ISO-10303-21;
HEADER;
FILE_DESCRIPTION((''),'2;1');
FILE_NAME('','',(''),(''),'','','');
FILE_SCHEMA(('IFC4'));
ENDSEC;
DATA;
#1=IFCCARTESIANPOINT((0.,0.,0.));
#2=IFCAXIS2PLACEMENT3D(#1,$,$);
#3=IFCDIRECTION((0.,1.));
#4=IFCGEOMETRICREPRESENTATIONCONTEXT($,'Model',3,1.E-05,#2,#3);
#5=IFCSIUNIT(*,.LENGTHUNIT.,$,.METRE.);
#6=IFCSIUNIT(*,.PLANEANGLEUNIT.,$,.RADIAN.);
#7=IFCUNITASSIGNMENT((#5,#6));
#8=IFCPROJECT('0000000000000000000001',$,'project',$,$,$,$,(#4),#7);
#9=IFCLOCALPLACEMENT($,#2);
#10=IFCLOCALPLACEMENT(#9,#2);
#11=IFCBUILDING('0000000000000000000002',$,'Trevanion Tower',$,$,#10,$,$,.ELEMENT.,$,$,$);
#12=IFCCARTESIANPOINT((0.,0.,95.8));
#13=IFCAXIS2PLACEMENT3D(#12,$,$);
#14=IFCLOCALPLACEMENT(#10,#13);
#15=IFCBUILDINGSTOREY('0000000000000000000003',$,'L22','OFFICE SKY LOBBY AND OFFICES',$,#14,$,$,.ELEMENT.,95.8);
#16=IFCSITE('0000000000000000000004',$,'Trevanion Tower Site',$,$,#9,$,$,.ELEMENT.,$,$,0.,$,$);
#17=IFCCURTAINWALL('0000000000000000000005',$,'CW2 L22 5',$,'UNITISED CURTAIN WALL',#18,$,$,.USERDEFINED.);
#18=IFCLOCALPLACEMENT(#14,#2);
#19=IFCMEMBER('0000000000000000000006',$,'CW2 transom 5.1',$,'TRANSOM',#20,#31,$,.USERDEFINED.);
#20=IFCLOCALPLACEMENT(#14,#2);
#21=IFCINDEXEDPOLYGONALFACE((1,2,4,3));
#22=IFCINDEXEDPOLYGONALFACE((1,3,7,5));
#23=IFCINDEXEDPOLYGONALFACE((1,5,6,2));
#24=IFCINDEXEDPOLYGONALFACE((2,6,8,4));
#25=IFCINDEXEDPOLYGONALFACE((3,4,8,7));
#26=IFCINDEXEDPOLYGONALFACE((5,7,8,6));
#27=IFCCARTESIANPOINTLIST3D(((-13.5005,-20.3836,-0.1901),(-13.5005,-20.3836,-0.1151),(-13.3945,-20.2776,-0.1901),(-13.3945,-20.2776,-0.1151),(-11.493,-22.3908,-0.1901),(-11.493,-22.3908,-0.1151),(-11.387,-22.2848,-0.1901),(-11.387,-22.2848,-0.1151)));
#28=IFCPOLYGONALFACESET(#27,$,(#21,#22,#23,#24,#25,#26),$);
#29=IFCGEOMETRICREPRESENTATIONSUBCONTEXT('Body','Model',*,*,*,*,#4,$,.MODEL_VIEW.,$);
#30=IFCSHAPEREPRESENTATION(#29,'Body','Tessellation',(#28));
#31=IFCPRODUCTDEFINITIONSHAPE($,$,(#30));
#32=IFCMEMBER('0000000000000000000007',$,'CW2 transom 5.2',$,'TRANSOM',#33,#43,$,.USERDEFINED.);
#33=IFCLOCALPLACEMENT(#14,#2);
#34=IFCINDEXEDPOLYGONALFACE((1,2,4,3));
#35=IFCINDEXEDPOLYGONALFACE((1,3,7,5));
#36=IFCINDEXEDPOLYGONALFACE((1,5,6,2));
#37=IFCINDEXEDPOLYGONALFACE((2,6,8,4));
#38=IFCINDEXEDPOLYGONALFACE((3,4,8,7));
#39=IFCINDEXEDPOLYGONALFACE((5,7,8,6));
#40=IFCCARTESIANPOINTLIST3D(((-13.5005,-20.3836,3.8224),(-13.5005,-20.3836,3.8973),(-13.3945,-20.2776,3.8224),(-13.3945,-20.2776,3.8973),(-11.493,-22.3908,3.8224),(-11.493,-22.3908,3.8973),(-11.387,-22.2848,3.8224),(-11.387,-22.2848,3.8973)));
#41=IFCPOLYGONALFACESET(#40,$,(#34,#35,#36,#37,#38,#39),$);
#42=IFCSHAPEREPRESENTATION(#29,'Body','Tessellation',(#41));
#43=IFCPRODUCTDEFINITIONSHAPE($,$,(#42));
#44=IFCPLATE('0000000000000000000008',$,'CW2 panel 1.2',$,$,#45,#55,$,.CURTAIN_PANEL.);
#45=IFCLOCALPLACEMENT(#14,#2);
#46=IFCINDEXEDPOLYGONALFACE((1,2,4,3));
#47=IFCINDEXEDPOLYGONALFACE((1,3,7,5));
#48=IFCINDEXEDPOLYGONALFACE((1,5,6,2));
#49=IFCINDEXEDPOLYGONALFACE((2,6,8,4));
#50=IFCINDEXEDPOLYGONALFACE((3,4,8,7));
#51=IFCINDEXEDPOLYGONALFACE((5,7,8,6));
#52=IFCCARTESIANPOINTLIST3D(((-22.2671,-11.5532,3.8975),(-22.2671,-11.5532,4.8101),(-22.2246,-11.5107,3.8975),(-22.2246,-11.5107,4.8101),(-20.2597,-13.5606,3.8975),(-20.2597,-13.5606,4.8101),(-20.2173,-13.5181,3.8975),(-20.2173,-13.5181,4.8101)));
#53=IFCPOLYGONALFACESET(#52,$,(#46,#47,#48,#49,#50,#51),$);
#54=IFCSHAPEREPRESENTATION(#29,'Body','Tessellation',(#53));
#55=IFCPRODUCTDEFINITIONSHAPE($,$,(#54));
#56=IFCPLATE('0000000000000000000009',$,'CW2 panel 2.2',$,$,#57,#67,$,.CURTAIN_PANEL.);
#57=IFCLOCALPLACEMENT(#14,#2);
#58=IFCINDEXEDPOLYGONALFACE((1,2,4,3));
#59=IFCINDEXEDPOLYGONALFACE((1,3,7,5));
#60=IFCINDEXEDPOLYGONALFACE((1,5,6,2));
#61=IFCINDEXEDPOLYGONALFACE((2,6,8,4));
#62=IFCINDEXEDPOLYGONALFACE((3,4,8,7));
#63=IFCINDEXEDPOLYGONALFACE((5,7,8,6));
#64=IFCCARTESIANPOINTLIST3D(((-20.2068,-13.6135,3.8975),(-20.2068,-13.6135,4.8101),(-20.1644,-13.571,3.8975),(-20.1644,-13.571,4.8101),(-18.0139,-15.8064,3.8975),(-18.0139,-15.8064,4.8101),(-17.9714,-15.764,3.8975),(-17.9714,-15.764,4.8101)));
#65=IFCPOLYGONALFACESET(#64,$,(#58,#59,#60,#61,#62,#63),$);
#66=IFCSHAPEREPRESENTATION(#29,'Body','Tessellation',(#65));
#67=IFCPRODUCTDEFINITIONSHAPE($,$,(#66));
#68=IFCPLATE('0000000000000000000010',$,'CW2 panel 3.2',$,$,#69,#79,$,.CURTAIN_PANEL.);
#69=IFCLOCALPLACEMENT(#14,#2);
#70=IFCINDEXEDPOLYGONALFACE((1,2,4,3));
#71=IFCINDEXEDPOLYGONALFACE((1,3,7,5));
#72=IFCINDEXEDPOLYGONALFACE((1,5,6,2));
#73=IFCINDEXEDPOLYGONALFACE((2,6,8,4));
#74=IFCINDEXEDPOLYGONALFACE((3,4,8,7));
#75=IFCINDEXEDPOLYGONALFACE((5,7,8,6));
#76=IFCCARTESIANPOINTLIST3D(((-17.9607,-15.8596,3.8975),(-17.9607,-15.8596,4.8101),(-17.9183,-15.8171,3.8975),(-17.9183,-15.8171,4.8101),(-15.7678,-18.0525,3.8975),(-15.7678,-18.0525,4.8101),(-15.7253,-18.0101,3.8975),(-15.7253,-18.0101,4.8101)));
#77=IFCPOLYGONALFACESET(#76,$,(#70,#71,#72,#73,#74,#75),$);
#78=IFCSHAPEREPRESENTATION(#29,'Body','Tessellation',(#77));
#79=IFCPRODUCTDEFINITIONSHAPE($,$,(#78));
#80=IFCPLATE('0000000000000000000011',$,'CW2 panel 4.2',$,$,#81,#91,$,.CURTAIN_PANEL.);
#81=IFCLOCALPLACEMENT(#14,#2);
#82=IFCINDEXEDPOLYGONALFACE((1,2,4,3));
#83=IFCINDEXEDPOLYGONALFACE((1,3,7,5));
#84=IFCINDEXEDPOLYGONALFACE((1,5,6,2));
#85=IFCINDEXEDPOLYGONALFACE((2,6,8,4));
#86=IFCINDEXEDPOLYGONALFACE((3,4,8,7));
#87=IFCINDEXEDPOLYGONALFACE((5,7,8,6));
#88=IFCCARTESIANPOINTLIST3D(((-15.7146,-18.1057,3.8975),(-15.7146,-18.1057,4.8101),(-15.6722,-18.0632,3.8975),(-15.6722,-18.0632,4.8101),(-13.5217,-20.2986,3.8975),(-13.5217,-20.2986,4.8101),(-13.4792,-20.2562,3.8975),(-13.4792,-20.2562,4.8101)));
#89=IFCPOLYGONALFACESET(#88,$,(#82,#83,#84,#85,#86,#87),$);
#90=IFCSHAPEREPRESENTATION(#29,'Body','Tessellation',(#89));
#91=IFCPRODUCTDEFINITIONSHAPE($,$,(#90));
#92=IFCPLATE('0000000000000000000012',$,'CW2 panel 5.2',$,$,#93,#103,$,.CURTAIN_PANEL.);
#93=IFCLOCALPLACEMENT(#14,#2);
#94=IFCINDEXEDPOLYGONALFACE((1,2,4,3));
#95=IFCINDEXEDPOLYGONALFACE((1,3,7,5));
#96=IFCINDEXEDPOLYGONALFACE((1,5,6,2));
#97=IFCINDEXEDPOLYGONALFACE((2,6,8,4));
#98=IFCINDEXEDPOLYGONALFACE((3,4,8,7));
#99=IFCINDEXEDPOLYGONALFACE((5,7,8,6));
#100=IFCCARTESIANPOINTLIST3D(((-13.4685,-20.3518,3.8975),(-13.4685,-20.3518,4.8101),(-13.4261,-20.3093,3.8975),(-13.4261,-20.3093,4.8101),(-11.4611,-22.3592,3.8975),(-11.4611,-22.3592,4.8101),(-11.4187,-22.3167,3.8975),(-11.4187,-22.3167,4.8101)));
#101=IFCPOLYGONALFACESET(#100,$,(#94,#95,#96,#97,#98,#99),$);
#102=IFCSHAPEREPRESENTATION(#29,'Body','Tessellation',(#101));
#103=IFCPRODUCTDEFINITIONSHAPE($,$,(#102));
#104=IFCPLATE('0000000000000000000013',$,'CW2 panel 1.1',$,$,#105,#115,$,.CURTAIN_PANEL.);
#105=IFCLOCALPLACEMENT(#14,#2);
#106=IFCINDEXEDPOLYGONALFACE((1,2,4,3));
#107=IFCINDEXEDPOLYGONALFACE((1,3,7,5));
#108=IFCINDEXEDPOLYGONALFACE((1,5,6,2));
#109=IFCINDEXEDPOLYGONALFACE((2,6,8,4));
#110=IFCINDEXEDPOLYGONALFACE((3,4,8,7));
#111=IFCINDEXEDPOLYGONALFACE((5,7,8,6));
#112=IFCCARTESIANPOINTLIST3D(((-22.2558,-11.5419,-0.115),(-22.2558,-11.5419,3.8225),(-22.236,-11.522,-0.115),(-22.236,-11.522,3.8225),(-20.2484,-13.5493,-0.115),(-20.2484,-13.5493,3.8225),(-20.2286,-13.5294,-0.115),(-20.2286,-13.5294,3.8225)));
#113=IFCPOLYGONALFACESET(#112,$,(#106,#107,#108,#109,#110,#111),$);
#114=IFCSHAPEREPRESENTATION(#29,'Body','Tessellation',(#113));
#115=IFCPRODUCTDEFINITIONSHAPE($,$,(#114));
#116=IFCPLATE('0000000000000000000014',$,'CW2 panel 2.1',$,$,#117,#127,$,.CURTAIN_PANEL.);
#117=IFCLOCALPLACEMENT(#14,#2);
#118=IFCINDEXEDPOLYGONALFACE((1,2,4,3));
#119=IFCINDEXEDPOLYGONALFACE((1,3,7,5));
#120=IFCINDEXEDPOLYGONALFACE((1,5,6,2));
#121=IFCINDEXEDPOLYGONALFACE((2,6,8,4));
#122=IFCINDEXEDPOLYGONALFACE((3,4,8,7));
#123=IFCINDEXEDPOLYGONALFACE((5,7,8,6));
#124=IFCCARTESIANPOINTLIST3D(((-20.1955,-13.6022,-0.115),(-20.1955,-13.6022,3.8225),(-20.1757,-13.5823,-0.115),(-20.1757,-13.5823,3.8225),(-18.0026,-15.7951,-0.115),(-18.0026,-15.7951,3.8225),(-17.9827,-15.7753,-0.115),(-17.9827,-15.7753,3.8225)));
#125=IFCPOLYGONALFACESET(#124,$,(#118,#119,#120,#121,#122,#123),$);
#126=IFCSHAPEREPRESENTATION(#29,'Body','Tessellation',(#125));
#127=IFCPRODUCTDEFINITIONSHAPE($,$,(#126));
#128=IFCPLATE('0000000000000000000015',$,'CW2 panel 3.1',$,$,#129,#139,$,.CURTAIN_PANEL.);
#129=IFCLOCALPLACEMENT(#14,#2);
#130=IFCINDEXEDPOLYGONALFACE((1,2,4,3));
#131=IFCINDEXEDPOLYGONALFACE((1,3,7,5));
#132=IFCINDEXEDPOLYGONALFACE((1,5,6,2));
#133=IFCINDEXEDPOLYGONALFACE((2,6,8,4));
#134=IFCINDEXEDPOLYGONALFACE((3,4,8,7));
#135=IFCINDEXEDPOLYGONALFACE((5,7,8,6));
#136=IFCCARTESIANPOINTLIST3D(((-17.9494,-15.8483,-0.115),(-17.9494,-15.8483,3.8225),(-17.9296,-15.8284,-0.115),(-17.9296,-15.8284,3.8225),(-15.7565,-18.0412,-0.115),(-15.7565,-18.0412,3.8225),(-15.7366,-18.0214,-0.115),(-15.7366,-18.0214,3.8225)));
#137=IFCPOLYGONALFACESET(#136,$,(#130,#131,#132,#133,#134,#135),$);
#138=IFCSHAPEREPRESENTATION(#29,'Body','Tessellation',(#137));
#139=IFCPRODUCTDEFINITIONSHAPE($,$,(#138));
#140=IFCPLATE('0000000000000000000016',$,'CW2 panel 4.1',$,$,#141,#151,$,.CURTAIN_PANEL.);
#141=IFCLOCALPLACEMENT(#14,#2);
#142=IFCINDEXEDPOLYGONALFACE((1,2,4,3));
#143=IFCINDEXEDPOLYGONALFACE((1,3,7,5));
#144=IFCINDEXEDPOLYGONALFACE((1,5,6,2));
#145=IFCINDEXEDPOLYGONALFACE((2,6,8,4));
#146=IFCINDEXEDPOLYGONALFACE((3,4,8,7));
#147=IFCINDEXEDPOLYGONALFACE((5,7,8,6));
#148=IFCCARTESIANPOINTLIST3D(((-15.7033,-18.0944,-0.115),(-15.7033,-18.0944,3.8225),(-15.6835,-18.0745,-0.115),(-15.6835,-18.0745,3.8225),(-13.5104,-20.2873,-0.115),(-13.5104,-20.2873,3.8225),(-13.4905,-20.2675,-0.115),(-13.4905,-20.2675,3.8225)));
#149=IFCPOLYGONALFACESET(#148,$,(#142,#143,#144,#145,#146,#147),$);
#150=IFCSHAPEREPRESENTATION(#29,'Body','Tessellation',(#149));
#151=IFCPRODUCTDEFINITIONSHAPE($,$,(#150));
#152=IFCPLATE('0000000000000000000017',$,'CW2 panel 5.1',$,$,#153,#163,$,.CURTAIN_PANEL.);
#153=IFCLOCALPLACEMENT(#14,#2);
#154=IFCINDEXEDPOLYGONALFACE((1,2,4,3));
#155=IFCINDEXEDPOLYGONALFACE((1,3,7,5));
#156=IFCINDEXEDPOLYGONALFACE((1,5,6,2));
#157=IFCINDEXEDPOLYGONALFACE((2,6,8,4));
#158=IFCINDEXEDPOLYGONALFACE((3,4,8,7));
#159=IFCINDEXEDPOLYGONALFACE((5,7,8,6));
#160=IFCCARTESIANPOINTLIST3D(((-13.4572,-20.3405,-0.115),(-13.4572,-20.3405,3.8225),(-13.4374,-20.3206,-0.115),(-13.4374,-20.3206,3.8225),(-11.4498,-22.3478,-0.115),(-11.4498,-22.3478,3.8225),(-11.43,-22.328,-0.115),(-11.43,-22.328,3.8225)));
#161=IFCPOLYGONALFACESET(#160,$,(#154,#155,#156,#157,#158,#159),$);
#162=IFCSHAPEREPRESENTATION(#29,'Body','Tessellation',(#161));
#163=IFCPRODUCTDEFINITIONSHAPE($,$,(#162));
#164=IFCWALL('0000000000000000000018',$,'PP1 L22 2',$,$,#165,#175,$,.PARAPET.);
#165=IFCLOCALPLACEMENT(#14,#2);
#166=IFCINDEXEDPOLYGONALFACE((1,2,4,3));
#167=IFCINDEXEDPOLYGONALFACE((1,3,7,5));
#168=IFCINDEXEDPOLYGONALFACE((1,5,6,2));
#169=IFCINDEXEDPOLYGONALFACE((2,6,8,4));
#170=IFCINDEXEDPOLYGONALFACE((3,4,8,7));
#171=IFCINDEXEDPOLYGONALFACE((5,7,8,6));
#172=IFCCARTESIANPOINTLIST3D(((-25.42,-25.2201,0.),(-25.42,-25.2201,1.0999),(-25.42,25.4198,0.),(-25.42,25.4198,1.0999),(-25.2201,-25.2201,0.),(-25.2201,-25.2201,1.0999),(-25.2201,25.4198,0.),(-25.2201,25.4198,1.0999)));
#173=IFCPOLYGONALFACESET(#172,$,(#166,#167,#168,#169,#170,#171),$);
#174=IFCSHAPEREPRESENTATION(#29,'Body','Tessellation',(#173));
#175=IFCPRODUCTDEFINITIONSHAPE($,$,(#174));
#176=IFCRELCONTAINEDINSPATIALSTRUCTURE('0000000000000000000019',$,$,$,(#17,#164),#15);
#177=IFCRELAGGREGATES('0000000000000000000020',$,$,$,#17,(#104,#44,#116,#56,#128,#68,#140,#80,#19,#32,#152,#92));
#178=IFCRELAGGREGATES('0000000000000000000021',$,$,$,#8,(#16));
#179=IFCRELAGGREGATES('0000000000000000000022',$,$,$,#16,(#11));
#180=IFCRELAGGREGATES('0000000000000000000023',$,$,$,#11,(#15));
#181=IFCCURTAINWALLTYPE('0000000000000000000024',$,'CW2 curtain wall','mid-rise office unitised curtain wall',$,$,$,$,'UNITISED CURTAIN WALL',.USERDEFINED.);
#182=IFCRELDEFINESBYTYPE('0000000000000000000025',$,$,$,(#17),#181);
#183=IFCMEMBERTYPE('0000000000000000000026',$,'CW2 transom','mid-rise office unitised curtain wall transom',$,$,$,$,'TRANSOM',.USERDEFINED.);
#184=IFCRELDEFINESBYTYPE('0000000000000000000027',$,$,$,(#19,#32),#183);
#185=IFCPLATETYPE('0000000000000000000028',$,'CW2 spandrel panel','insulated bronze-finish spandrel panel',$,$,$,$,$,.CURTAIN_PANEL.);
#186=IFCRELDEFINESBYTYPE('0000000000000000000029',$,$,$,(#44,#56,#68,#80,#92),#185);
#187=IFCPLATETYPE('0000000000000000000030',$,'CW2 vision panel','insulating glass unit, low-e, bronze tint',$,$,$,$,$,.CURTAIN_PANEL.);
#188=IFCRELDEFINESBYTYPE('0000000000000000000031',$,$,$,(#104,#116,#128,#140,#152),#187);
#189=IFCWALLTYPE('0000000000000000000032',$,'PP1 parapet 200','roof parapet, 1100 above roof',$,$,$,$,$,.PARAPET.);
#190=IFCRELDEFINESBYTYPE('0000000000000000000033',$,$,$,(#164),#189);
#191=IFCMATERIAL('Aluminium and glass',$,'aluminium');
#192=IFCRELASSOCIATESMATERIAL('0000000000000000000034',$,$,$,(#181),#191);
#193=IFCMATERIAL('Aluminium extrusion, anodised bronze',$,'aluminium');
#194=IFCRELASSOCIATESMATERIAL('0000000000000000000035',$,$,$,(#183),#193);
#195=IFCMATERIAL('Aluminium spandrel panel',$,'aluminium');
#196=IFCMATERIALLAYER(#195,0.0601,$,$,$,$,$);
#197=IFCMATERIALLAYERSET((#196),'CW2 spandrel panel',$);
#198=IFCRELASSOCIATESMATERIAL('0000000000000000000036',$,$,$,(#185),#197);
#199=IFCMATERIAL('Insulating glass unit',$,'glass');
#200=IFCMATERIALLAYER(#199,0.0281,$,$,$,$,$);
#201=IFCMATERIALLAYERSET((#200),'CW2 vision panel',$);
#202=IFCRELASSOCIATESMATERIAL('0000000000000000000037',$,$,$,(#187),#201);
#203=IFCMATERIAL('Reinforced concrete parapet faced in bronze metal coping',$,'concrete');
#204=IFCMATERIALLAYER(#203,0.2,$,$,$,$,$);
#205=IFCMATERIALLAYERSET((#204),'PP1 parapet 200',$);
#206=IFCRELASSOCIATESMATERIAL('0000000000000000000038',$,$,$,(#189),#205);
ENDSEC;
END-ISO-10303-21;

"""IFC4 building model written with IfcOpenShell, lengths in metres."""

from ifc_helpers import new_model, si_unit, direction, frame, frame_2d, origin, origin_2d, place, context, subcontext, project, spatial, rectangle, extrude, material, layer, layer_set, material_profile, profile_set, type_object, element, aggregate, save


model = new_model("IFC4")

# Units and contexts
model_context = context("Model", 3, precision=1e-05, world=origin(), true_north=direction((0.0, 1.0)))
body_context = subcontext(model_context, "Body", "Model", "MODEL_VIEW")
ifc_project = project(units=[si_unit("LENGTHUNIT", "METRE"), si_unit("PLANEANGLEUNIT", "RADIAN")], contexts=[model_context])

# Site, building, storey
site_placement = place(None, origin())
site = spatial("IfcSite", under=ifc_project, at=site_placement, Name="Trevanion Tower Site", CompositionType="ELEMENT", RefElevation=0.0)
building_placement = place(site_placement, origin())
building = spatial("IfcBuilding", under=site, at=building_placement, Name="Trevanion Tower", CompositionType="ELEMENT")
storey_placement = place(building_placement, frame((0.0, 0.0, 95.8)))
storey = spatial("IfcBuildingStorey", under=building, at=storey_placement, Name="L22", Description="OFFICE SKY LOBBY AND OFFICES", CompositionType="ELEMENT", Elevation=95.8)

# Curtain wall
ifc_material_1 = material(Name="Aluminium and glass", Category="aluminium")
curtain_wall_type = type_object("IfcCurtainWallType", Name="CW2 curtain wall", Description="mid-rise office unitised curtain wall", ElementType="UNITISED CURTAIN WALL", PredefinedType="USERDEFINED", material=ifc_material_1)
curtain_wall_1_placement = place(storey_placement, origin())
curtain_wall_1 = element("IfcCurtainWall", 1, at=curtain_wall_1_placement, inside=storey, type_object=curtain_wall_type, Name="CW2 L22 5", ObjectType="UNITISED CURTAIN WALL", PredefinedType="USERDEFINED")

# Members
ifc_material_2 = material(Name="Aluminium extrusion, anodised bronze", Category="aluminium")
ifc_material_profile_1 = material_profile(ifc_material_2, rectangle(XDim=0.1499, YDim=0.075, at=origin_2d()), Name="CW2 transom")
ifc_profile_set_1 = profile_set([ifc_material_profile_1], Name="Aluminium extrusion, anodised bronze")
member_type_1 = type_object("IfcMemberType", Name="CW2 transom", Description="mid-rise office unitised curtain wall transom", ElementType="TRANSOM", PredefinedType="USERDEFINED", material=ifc_profile_set_1)
member_1_placement = place(storey_placement, frame((-13.4475, -20.3306, -0.1526), z_axis=(0.70715, -0.707064, 0.0), x_axis=(0.707064, 0.70715, 0.0)))
member_1 = element("IfcMember", 2, at=member_1_placement, type_object=member_type_1, Name="CW2 transom 5.1", ObjectType="TRANSOM", PredefinedType="USERDEFINED", context=body_context, shape_type="SweptSolid", body=[
    extrude(rectangle(XDim=0.1499, YDim=0.075, at=origin_2d()), origin(), (0.0, 0.0, 1.0), 2.8389),
])
member_2_placement = place(storey_placement, frame((-13.4475, -20.3306, 3.8599), z_axis=(0.70715, -0.707064, 0.0), x_axis=(0.707064, 0.70715, 0.0)))
member_2 = element("IfcMember", 3, at=member_2_placement, type_object=member_type_1, Name="CW2 transom 5.2", ObjectType="TRANSOM", PredefinedType="USERDEFINED", context=body_context, shape_type="SweptSolid", body=[
    extrude(rectangle(XDim=0.1499, YDim=0.075, at=origin_2d()), origin(), (0.0, 0.0, 1.0), 2.8389),
])

# Plates
ifc_material_3 = material(Name="Aluminium spandrel panel", Category="aluminium")
ifc_layer_1 = layer(ifc_material_3, 0.0601)
ifc_layer_set_1 = layer_set([ifc_layer_1], Name="CW2 spandrel panel")
plate_type_1 = type_object("IfcPlateType", Name="CW2 spandrel panel", Description="insulated bronze-finish spandrel panel", PredefinedType="CURTAIN_PANEL", material=ifc_layer_set_1)
plate_1_placement = place(storey_placement, frame((-21.2422, -12.5356, 3.8975), z_axis=(0.0, 0.0, 1.0), x_axis=(0.707107, -0.707107, 0.0)))
plate_1 = element("IfcPlate", 4, at=plate_1_placement, type_object=plate_type_1, Name="CW2 panel 1.2", PredefinedType="CURTAIN_PANEL", context=body_context, shape_type="SweptSolid", body=[
    extrude(rectangle(XDim=2.8389, YDim=0.0601, at=origin_2d()), origin(), (0.0, 0.0, 1.0), 0.9126),
])
plate_2_placement = place(storey_placement, frame((-19.0891, -14.6887, 3.8975), z_axis=(0.0, 0.0, 1.0), x_axis=(0.707107, -0.707107, 0.0)))
plate_2 = element("IfcPlate", 5, at=plate_2_placement, type_object=plate_type_1, Name="CW2 panel 2.2", PredefinedType="CURTAIN_PANEL", context=body_context, shape_type="SweptSolid", body=[
    extrude(rectangle(XDim=3.1013, YDim=0.0601, at=origin_2d()), origin(), (0.0, 0.0, 1.0), 0.9126),
])
plate_3_placement = place(storey_placement, frame((-16.843, -16.9348, 3.8975), z_axis=(0.0, 0.0, 1.0), x_axis=(0.707107, -0.707107, 0.0)))
plate_3 = element("IfcPlate", 6, at=plate_3_placement, type_object=plate_type_1, Name="CW2 panel 3.2", PredefinedType="CURTAIN_PANEL", context=body_context, shape_type="SweptSolid", body=[
    extrude(rectangle(XDim=3.1013, YDim=0.0601, at=origin_2d()), origin(), (0.0, 0.0, 1.0), 0.9126),
])
plate_4_placement = place(storey_placement, frame((-14.5969, -19.1809, 3.8975), z_axis=(0.0, 0.0, 1.0), x_axis=(0.707107, -0.707107, 0.0)))
plate_4 = element("IfcPlate", 7, at=plate_4_placement, type_object=plate_type_1, Name="CW2 panel 4.2", PredefinedType="CURTAIN_PANEL", context=body_context, shape_type="SweptSolid", body=[
    extrude(rectangle(XDim=3.1013, YDim=0.0601, at=origin_2d()), origin(), (0.0, 0.0, 1.0), 0.9126),
])
plate_5_placement = place(storey_placement, frame((-12.4436, -21.3342, 3.8975), z_axis=(0.0, 0.0, 1.0), x_axis=(0.707107, -0.707107, 0.0)))
plate_5 = element("IfcPlate", 8, at=plate_5_placement, type_object=plate_type_1, Name="CW2 panel 5.2", PredefinedType="CURTAIN_PANEL", context=body_context, shape_type="SweptSolid", body=[
    extrude(rectangle(XDim=2.8389, YDim=0.0601, at=origin_2d()), origin(), (0.0, 0.0, 1.0), 0.9126),
])
ifc_material_4 = material(Name="Insulating glass unit", Category="glass")
ifc_layer_2 = layer(ifc_material_4, 0.0281)
ifc_layer_set_2 = layer_set([ifc_layer_2], Name="CW2 vision panel")
plate_type_2 = type_object("IfcPlateType", Name="CW2 vision panel", Description="insulating glass unit, low-e, bronze tint", PredefinedType="CURTAIN_PANEL", material=ifc_layer_set_2)
plate_6_placement = place(storey_placement, frame((-21.2422, -12.5356, -0.115), z_axis=(0.0, 0.0, 1.0), x_axis=(0.707107, -0.707107, 0.0)))
plate_6 = element("IfcPlate", 9, at=plate_6_placement, type_object=plate_type_2, Name="CW2 panel 1.1", PredefinedType="CURTAIN_PANEL", context=body_context, shape_type="SweptSolid", body=[
    extrude(rectangle(XDim=2.8389, YDim=0.0281, at=origin_2d()), origin(), (0.0, 0.0, 1.0), 3.9375),
])
plate_7_placement = place(storey_placement, frame((-19.0891, -14.6887, -0.115), z_axis=(0.0, 0.0, 1.0), x_axis=(0.707107, -0.707107, 0.0)))
plate_7 = element("IfcPlate", 10, at=plate_7_placement, type_object=plate_type_2, Name="CW2 panel 2.1", PredefinedType="CURTAIN_PANEL", context=body_context, shape_type="SweptSolid", body=[
    extrude(rectangle(XDim=3.1013, YDim=0.0281, at=origin_2d()), origin(), (0.0, 0.0, 1.0), 3.9375),
])
plate_8_placement = place(storey_placement, frame((-16.843, -16.9348, -0.115), z_axis=(0.0, 0.0, 1.0), x_axis=(0.707107, -0.707107, 0.0)))
plate_8 = element("IfcPlate", 11, at=plate_8_placement, type_object=plate_type_2, Name="CW2 panel 3.1", PredefinedType="CURTAIN_PANEL", context=body_context, shape_type="SweptSolid", body=[
    extrude(rectangle(XDim=3.1013, YDim=0.0281, at=origin_2d()), origin(), (0.0, 0.0, 1.0), 3.9375),
])
plate_9_placement = place(storey_placement, frame((-14.5969, -19.1809, -0.115), z_axis=(0.0, 0.0, 1.0), x_axis=(0.707107, -0.707107, 0.0)))
plate_9 = element("IfcPlate", 12, at=plate_9_placement, type_object=plate_type_2, Name="CW2 panel 4.1", PredefinedType="CURTAIN_PANEL", context=body_context, shape_type="SweptSolid", body=[
    extrude(rectangle(XDim=3.1013, YDim=0.0281, at=origin_2d()), origin(), (0.0, 0.0, 1.0), 3.9375),
])
plate_10_placement = place(storey_placement, frame((-12.4436, -21.3342, -0.115), z_axis=(0.0, 0.0, 1.0), x_axis=(0.707107, -0.707107, 0.0)))
plate_10 = element("IfcPlate", 13, at=plate_10_placement, type_object=plate_type_2, Name="CW2 panel 5.1", PredefinedType="CURTAIN_PANEL", context=body_context, shape_type="SweptSolid", body=[
    extrude(rectangle(XDim=2.8389, YDim=0.0281, at=origin_2d()), origin(), (0.0, 0.0, 1.0), 3.9375),
])
aggregate(curtain_wall_1, [plate_6, plate_1, plate_7, plate_2, plate_8, plate_3, plate_9, plate_4, member_1, member_2, plate_10, plate_5])

# Wall
ifc_material_5 = material(Name="Reinforced concrete parapet faced in bronze metal coping", Category="concrete")
ifc_layer_3 = layer(ifc_material_5, 0.2)
ifc_layer_set_3 = layer_set([ifc_layer_3], Name="PP1 parapet 200")
wall_type = type_object("IfcWallType", Name="PP1 parapet 200", Description="roof parapet, 1100 above roof", PredefinedType="PARAPET", material=ifc_layer_set_3)
wall_placement = place(storey_placement, frame((-25.3201, -25.22, 0.0), z_axis=(0.0, 0.0, 1.0), x_axis=(0.0, 1.0, 0.0)))
element("IfcWall", 14, at=wall_placement, inside=storey, type_object=wall_type, Name="PP1 L22 2", PredefinedType="PARAPET", context=body_context, shape_type="SweptSolid", body=[
    extrude(rectangle(XDim=50.6399, YDim=0.2, at=frame_2d((25.3198, 0.0))), origin(), (0.0, 0.0, 1.0), 1.0999),
])

save(model, "model.ifc")
